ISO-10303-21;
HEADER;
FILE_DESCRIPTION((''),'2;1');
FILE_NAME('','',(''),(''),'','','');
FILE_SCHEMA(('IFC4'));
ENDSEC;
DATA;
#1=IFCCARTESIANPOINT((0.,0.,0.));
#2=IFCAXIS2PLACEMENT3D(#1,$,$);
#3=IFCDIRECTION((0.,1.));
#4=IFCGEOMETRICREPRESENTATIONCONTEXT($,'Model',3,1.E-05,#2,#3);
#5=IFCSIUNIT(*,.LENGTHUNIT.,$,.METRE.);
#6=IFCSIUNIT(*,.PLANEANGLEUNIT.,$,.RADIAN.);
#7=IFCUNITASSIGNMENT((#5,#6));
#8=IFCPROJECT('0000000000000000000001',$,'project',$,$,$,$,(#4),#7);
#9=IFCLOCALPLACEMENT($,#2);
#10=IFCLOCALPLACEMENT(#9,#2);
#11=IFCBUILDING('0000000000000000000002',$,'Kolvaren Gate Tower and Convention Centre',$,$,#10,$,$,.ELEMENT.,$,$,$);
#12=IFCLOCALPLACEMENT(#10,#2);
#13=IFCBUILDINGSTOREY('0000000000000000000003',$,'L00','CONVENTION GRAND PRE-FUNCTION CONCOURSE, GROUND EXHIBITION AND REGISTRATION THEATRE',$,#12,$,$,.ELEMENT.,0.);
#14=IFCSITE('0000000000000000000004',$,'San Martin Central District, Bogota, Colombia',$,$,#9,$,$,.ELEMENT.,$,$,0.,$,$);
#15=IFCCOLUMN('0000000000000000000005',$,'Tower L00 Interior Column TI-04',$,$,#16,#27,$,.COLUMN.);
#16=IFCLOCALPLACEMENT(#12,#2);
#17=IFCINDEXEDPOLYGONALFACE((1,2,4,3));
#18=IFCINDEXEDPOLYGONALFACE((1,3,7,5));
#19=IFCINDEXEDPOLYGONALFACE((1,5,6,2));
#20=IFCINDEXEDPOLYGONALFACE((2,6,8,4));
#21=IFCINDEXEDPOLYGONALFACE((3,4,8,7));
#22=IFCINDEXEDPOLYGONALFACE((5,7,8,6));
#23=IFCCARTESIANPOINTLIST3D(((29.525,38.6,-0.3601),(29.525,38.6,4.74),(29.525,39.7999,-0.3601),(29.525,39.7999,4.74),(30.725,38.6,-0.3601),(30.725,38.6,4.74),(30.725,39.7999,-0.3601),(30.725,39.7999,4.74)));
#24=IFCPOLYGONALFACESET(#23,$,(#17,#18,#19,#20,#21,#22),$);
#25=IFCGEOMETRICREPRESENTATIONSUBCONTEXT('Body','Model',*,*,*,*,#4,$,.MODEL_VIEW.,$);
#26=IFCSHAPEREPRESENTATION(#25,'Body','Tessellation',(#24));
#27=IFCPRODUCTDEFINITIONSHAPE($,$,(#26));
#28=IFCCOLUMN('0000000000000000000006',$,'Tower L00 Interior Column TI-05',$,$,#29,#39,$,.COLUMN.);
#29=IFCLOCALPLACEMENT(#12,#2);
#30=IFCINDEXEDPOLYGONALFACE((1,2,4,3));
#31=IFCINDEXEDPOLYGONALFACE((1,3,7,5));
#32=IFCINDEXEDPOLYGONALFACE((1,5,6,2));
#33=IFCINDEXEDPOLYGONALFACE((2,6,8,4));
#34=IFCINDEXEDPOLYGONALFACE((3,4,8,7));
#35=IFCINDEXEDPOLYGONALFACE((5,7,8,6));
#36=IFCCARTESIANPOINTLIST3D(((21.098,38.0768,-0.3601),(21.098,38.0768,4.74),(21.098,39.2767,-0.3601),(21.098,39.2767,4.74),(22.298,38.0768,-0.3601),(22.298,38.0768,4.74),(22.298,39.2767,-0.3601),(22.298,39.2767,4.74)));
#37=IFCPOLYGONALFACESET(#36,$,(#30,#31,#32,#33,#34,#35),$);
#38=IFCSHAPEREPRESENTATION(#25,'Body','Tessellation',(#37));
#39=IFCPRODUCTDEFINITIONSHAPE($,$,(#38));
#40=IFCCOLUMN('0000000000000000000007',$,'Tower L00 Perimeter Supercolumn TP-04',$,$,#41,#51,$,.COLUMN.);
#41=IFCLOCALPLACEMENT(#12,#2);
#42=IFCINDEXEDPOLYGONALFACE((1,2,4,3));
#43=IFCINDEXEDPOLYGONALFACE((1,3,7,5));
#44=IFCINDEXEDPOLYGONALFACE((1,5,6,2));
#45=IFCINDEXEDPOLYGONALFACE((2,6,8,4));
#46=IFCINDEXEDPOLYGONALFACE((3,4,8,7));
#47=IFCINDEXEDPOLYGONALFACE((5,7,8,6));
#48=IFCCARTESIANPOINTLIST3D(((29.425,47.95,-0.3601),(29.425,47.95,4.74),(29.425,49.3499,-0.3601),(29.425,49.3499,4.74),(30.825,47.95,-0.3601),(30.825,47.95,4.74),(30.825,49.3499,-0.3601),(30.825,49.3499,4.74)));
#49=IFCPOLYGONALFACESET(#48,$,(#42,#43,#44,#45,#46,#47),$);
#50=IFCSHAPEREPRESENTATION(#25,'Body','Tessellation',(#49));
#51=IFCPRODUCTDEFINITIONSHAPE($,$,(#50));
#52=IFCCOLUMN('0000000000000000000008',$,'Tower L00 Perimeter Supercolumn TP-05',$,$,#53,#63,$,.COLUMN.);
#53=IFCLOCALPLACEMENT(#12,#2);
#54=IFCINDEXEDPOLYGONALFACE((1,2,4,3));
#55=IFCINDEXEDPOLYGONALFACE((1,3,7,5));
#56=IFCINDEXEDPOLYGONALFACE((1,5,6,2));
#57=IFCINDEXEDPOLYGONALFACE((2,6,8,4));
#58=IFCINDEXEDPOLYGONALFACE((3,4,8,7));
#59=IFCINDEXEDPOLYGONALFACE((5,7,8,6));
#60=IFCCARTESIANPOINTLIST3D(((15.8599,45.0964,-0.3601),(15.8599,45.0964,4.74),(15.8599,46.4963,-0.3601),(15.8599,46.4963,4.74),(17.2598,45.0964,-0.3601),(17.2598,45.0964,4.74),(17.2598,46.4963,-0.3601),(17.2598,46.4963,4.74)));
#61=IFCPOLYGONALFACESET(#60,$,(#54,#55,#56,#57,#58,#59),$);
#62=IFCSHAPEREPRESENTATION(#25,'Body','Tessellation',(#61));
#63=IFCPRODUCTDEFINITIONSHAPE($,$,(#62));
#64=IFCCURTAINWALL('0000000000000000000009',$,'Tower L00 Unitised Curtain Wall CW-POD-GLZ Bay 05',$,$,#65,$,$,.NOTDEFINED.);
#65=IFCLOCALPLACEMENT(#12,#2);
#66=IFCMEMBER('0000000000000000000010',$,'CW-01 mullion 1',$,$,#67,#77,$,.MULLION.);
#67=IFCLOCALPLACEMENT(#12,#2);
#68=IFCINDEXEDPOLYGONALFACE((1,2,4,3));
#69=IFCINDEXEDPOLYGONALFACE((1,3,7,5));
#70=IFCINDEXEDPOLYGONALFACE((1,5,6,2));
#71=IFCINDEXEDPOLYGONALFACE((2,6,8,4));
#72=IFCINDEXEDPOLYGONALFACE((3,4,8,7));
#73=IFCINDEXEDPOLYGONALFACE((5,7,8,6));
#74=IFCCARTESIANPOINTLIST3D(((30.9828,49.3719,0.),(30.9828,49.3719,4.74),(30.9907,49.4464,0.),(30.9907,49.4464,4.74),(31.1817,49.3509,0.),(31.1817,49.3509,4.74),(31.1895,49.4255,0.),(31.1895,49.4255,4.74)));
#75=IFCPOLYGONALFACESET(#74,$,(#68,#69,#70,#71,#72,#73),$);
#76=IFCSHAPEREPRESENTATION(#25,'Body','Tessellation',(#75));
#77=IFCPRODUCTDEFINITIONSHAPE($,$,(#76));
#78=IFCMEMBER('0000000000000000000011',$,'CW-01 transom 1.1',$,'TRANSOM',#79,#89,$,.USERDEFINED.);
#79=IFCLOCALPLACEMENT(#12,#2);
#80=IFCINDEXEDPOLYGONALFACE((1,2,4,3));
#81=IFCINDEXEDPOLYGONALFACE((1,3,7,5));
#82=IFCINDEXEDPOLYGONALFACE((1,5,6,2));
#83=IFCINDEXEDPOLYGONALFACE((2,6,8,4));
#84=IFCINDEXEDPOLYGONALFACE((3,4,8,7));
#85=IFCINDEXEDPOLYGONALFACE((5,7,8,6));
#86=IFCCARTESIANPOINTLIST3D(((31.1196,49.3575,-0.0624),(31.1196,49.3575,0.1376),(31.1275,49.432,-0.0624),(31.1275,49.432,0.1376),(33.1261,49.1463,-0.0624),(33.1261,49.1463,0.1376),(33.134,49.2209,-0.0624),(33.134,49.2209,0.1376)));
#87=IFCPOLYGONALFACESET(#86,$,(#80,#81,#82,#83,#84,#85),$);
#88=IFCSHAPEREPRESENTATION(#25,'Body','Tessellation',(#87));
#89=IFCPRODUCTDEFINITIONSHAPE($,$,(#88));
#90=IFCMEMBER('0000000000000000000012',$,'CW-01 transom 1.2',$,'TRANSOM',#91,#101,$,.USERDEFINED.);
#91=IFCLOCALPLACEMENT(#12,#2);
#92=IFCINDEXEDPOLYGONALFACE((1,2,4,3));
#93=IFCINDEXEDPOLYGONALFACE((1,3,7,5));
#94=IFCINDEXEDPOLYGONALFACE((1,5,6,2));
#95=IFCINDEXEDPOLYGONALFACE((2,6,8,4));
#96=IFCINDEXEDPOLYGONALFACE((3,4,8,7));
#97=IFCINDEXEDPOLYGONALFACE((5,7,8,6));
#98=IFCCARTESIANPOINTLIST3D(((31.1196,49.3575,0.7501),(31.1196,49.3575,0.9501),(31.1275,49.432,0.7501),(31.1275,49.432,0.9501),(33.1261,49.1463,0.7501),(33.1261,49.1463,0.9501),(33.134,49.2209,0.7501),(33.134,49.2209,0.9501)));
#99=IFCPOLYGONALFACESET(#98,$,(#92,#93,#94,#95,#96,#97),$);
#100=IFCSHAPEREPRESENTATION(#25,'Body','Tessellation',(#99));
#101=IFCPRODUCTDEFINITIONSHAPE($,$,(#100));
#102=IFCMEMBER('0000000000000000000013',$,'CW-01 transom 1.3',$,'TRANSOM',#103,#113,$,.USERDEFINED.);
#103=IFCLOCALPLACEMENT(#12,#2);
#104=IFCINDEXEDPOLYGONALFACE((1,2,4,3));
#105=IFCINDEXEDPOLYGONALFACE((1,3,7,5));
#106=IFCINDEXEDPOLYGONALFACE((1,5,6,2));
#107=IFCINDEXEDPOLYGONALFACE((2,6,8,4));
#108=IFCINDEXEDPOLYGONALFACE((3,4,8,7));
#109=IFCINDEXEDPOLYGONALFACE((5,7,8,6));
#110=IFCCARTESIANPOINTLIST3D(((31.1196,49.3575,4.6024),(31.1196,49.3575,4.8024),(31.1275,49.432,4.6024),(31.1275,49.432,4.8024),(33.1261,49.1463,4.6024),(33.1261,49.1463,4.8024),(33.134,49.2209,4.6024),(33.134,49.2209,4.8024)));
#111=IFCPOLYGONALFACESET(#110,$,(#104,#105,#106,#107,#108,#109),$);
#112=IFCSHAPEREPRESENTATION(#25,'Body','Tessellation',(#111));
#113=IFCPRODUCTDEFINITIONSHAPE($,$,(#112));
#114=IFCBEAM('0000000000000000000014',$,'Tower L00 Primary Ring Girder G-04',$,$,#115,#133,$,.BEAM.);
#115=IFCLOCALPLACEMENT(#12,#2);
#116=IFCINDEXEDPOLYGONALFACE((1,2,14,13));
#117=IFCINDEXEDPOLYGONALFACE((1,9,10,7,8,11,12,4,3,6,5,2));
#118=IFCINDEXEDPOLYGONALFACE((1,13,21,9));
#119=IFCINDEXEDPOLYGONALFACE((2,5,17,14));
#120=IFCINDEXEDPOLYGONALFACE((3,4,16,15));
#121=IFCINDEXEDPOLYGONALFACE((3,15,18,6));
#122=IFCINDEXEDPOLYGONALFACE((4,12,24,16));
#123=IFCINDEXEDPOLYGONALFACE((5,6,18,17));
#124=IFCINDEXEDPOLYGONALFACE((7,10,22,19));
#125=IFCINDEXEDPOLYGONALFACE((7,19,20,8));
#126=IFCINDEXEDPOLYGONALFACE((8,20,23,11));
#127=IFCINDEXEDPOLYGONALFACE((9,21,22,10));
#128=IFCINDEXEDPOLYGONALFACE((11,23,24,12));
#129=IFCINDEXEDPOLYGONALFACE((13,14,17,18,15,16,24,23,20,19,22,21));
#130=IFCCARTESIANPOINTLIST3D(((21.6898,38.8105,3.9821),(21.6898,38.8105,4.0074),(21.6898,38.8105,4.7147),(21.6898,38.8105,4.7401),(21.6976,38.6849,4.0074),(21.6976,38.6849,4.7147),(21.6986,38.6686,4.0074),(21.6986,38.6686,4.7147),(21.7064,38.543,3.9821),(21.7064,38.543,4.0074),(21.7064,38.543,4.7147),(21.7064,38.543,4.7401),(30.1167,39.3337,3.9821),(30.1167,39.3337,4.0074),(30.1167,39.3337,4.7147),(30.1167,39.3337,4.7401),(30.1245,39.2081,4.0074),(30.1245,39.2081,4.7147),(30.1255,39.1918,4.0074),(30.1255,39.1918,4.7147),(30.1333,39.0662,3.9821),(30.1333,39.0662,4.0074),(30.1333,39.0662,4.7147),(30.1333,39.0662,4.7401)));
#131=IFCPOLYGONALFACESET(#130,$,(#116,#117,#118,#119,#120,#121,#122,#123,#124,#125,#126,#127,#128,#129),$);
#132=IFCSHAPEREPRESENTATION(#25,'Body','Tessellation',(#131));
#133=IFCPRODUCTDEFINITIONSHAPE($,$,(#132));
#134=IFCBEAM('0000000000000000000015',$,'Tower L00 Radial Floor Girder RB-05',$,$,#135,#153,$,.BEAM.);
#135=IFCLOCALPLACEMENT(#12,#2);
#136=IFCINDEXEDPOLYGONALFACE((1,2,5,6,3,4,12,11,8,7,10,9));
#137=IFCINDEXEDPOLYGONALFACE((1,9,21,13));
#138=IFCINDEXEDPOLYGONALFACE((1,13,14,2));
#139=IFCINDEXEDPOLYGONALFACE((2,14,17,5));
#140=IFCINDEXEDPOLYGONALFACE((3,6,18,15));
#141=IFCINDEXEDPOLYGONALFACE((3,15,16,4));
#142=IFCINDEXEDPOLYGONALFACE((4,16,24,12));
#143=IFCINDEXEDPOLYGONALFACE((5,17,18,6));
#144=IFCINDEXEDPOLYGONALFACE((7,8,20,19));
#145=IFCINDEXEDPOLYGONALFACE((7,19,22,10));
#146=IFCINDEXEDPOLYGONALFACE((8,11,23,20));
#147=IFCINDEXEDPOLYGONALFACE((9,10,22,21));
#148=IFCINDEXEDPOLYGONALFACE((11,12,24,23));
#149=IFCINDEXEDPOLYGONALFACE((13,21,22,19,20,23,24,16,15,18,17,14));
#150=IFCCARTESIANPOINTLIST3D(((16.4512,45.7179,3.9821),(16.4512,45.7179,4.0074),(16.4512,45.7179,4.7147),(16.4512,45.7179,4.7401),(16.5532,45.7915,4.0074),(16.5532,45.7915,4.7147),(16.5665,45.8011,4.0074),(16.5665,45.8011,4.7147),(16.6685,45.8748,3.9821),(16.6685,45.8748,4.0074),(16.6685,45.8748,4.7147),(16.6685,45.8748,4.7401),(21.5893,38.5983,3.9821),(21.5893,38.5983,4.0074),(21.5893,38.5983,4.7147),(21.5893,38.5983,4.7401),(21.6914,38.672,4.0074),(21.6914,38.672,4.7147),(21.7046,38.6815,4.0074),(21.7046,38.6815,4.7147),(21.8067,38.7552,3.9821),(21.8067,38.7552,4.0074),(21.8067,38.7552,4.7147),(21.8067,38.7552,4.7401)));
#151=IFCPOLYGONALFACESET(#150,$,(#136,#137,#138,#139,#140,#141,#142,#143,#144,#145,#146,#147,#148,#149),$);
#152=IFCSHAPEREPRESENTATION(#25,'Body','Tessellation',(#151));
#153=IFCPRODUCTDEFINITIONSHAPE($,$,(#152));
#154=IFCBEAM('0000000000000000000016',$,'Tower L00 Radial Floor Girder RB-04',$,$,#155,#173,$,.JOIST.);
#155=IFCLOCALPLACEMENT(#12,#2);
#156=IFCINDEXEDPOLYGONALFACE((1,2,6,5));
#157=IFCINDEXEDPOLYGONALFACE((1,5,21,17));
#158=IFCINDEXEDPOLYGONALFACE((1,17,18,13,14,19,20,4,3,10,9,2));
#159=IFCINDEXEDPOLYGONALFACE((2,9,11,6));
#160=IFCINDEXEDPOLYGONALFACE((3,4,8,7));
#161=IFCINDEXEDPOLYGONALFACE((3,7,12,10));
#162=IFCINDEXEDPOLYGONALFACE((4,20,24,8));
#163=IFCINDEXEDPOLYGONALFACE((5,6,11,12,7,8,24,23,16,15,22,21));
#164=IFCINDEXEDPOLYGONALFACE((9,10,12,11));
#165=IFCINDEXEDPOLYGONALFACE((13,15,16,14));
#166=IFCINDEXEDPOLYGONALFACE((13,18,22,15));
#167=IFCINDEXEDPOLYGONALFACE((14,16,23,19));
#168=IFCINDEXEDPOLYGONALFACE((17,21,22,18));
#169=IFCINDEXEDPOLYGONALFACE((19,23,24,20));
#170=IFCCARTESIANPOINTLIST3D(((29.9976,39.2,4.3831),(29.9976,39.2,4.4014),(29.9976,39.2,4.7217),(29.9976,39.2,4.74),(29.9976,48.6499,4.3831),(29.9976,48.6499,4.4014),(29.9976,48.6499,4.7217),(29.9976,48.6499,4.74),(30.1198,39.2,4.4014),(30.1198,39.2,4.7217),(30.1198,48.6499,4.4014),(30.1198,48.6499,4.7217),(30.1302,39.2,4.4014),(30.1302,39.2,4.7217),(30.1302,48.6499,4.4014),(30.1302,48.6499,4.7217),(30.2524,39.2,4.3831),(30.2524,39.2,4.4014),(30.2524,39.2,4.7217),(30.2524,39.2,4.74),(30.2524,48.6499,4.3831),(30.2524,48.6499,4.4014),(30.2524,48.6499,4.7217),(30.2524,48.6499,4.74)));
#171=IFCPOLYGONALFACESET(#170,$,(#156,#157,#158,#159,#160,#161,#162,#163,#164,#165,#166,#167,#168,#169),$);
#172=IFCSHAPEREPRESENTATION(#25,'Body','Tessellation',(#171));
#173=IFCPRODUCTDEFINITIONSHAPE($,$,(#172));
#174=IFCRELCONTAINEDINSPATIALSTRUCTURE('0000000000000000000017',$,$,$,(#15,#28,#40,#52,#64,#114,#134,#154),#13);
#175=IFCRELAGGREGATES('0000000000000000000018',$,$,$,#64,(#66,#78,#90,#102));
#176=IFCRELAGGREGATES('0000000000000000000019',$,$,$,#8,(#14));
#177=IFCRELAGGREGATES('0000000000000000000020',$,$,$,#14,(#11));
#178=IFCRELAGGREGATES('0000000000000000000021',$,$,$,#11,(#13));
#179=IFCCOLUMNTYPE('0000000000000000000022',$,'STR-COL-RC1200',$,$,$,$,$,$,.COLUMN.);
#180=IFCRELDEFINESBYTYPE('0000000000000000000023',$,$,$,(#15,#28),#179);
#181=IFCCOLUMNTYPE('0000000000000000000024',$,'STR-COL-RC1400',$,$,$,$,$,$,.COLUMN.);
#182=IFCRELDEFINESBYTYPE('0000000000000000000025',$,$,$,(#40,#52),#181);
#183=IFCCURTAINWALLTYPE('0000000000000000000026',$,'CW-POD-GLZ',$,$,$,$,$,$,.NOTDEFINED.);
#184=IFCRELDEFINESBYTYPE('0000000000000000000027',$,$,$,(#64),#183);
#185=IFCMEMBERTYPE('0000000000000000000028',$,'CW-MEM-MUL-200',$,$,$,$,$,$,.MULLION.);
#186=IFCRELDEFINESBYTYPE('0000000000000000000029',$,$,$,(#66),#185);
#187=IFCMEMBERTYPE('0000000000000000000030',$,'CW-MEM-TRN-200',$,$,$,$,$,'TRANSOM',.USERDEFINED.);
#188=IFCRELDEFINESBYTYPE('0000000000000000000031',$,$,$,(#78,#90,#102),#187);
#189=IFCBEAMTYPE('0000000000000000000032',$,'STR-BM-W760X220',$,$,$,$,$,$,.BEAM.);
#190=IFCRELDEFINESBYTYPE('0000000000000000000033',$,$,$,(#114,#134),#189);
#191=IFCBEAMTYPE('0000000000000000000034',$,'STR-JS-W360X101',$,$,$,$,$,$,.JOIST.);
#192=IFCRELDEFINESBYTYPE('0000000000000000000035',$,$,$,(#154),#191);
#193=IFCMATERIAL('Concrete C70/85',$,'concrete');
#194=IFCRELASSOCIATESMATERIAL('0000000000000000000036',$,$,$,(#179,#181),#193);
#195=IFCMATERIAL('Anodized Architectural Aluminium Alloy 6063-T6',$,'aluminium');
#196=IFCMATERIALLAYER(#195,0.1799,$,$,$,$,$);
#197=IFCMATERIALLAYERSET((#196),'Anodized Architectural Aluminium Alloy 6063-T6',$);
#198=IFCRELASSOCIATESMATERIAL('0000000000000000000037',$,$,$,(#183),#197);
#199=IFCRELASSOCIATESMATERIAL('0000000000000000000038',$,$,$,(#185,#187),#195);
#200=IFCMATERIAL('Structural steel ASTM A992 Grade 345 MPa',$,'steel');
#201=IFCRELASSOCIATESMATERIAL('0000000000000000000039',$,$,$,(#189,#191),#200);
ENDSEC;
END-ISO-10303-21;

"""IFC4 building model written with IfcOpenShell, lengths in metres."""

from ifc_helpers import new_model, si_unit, direction, frame, origin, origin_2d, place, context, subcontext, project, spatial, rectangle, i_section, extrude, material, layer, layer_set, material_profile, profile_set, type_object, element, aggregate, save


model = new_model("IFC4")

# Units and contexts
model_context = context("Model", 3, precision=1e-05, world=origin(), true_north=direction((0.0, 1.0)))
body_context = subcontext(model_context, "Body", "Model", "MODEL_VIEW")
ifc_project = project(units=[si_unit("LENGTHUNIT", "METRE"), si_unit("PLANEANGLEUNIT", "RADIAN")], contexts=[model_context])

# Site, building, storey
site_placement = place(None, origin())
site = spatial("IfcSite", under=ifc_project, at=site_placement, Name="San Martin Central District, Bogota, Colombia", CompositionType="ELEMENT", RefElevation=0.0)
building_placement = place(site_placement, origin())
building = spatial("IfcBuilding", under=site, at=building_placement, Name="Kolvaren Gate Tower and Convention Centre", CompositionType="ELEMENT")
storey_placement = place(building_placement, origin())
storey = spatial("IfcBuildingStorey", under=building, at=storey_placement, Name="L00", Description="CONVENTION GRAND PRE-FUNCTION CONCOURSE, GROUND EXHIBITION AND REGISTRATION THEATRE", CompositionType="ELEMENT", Elevation=0.0)

# Columns
ifc_material_1 = material(Name="Concrete C70/85", Category="concrete")
ifc_material_profile_1 = material_profile(ifc_material_1, rectangle(XDim=1.2, YDim=1.2, at=origin_2d()), Name="RC-COL-1200X1200")
ifc_profile_set_1 = profile_set([ifc_material_profile_1], Name="Concrete C70/85")
column_type_1 = type_object("IfcColumnType", Name="STR-COL-RC1200", PredefinedType="COLUMN", material=ifc_profile_set_1)
for number, where, z_axis, x_axis, name in (
    (1, (30.125, 39.2, -0.3601), (0.0, 0.0, 1.0), (1.0, 0.0, 0.0), "Tower L00 Interior Column TI-04"),
    (2, (21.698, 38.6768, -0.3601), (0.0, 0.0, 1.0), (1.0, 0.0, 0.0), "Tower L00 Interior Column TI-05"),
):
    element("IfcColumn", number, at=place(storey_placement, frame(where, z_axis=z_axis, x_axis=x_axis)), inside=storey, type_object=column_type_1, Name=name, PredefinedType="COLUMN", context=body_context, shape_type="SweptSolid", body=[
        extrude(rectangle(XDim=1.2, YDim=1.2, at=origin_2d()), origin(), (0.0, 0.0, 1.0), 5.1001),
    ])
ifc_material_profile_2 = material_profile(ifc_material_1, rectangle(XDim=1.3999, YDim=1.3999, at=origin_2d()), Name="RC-COL-1400X1400")
ifc_profile_set_2 = profile_set([ifc_material_profile_2], Name="Concrete C70/85")
column_type_2 = type_object("IfcColumnType", Name="STR-COL-RC1400", PredefinedType="COLUMN", material=ifc_profile_set_2)
for number, where, z_axis, x_axis, name in (
    (3, (30.125, 48.6499, -0.3601), (0.0, 0.0, 1.0), (1.0, 0.0, 0.0), "Tower L00 Perimeter Supercolumn TP-04"),
    (4, (16.5598, 45.7964, -0.3601), (0.0, 0.0, 1.0), (1.0, 0.0, 0.0), "Tower L00 Perimeter Supercolumn TP-05"),
):
    element("IfcColumn", number, at=place(storey_placement, frame(where, z_axis=z_axis, x_axis=x_axis)), inside=storey, type_object=column_type_2, Name=name, PredefinedType="COLUMN", context=body_context, shape_type="SweptSolid", body=[
        extrude(rectangle(XDim=1.3999, YDim=1.3999, at=origin_2d()), origin(), (0.0, 0.0, 1.0), 5.1001),
    ])

# Curtain wall, members
ifc_material_2 = material(Name="Anodized Architectural Aluminium Alloy 6063-T6", Category="aluminium")
ifc_layer_1 = layer(ifc_material_2, 0.1799)
ifc_layer_set_1 = layer_set([ifc_layer_1], Name="Anodized Architectural Aluminium Alloy 6063-T6")
curtain_wall_type = type_object("IfcCurtainWallType", Name="CW-POD-GLZ", PredefinedType="NOTDEFINED", material=ifc_layer_set_1)
curtain_wall_placement = place(storey_placement, origin())
curtain_wall = element("IfcCurtainWall", 5, at=curtain_wall_placement, inside=storey, type_object=curtain_wall_type, Name="Tower L00 Unitised Curtain Wall CW-POD-GLZ Bay 05", PredefinedType="NOTDEFINED")
ifc_material_profile_3 = material_profile(ifc_material_2, rectangle(XDim=0.075, YDim=0.2, at=origin_2d()), Name="CW-MEM-MUL-200")
ifc_profile_set_3 = profile_set([ifc_material_profile_3], Name="Anodized Architectural Aluminium Alloy 6063-T6")
member_type_1 = type_object("IfcMemberType", Name="CW-MEM-MUL-200", PredefinedType="MULLION", material=ifc_profile_set_3)
member_1_placement = place(storey_placement, frame((31.0862, 49.3987, 0.0), z_axis=(0.0, 0.0, 1.0), x_axis=(0.104748, 0.994499, 0.0)))
member_1 = element("IfcMember", 6, at=member_1_placement, type_object=member_type_1, Name="CW-01 mullion 1", PredefinedType="MULLION", context=body_context, shape_type="SweptSolid", body=[
    extrude(rectangle(XDim=0.075, YDim=0.2, at=origin_2d()), origin(), (0.0, 0.0, 1.0), 4.74),
])
ifc_material_profile_4 = material_profile(ifc_material_2, rectangle(XDim=0.075, YDim=0.2, at=origin_2d()), Name="CW-MEM-TRN-200")
ifc_profile_set_4 = profile_set([ifc_material_profile_4], Name="Anodized Architectural Aluminium Alloy 6063-T6")
member_type_2 = type_object("IfcMemberType", Name="CW-MEM-TRN-200", ElementType="TRANSOM", PredefinedType="USERDEFINED", material=ifc_profile_set_4)
member_2_placement = place(storey_placement, frame((31.1235, 49.3948, 0.0376), z_axis=(0.994507, -0.104666, 0.0), x_axis=(0.104666, 0.994507, 0.0)))
member_2 = element("IfcMember", 7, at=member_2_placement, type_object=member_type_2, Name="CW-01 transom 1.1", ObjectType="TRANSOM", PredefinedType="USERDEFINED", context=body_context, shape_type="SweptSolid", body=[
    extrude(rectangle(XDim=0.075, YDim=0.2, at=origin_2d()), origin(), (0.0, 0.0, 1.0), 2.0176),
])
member_3_placement = place(storey_placement, frame((31.1235, 49.3948, 0.8501), z_axis=(0.994507, -0.104666, 0.0), x_axis=(0.104666, 0.994507, 0.0)))
member_3 = element("IfcMember", 8, at=member_3_placement, type_object=member_type_2, Name="CW-01 transom 1.2", ObjectType="TRANSOM", PredefinedType="USERDEFINED", context=body_context, shape_type="SweptSolid", body=[
    extrude(rectangle(XDim=0.075, YDim=0.2, at=origin_2d()), origin(), (0.0, 0.0, 1.0), 2.0176),
])
member_4_placement = place(storey_placement, frame((31.1235, 49.3948, 4.7024), z_axis=(0.994507, -0.104666, 0.0), x_axis=(0.104666, 0.994507, 0.0)))
member_4 = element("IfcMember", 9, at=member_4_placement, type_object=member_type_2, Name="CW-01 transom 1.3", ObjectType="TRANSOM", PredefinedType="USERDEFINED", context=body_context, shape_type="SweptSolid", body=[
    extrude(rectangle(XDim=0.075, YDim=0.2, at=origin_2d()), origin(), (0.0, 0.0, 1.0), 2.0176),
])
aggregate(curtain_wall, [member_1, member_2, member_3, member_4])

# Beams
ifc_material_3 = material(Name="Structural steel ASTM A992 Grade 345 MPa", Category="steel")
ifc_material_profile_5 = material_profile(ifc_material_3, i_section(OverallWidth=0.2681, OverallDepth=0.7581, WebThickness=0.0164, FlangeThickness=0.0254, at=origin_2d()), Name="W760X220")
ifc_profile_set_5 = profile_set([ifc_material_profile_5], Name="Structural steel ASTM A992 Grade 345 MPa")
beam_type_1 = type_object("IfcBeamType", Name="STR-BM-W760X220", PredefinedType="BEAM", material=ifc_profile_set_5)
beam_1_placement = place(storey_placement, frame((30.125, 39.2, 4.3611), z_axis=(-0.998078, -0.061966, 0.0), x_axis=(0.061966, -0.998078, 0.0)))
element("IfcBeam", 10, at=beam_1_placement, inside=storey, type_object=beam_type_1, Name="Tower L00 Primary Ring Girder G-04", PredefinedType="BEAM", context=body_context, shape_type="SweptSolid", body=[
    extrude(i_section(OverallWidth=0.2681, OverallDepth=0.7581, WebThickness=0.0164, FlangeThickness=0.0254, at=origin_2d()), origin(), (0.0, 0.0, 1.0), 8.4431),
])
beam_2_placement = place(storey_placement, frame((21.698, 38.6768, 4.3611), z_axis=(-0.585208, 0.810883, 0.0), x_axis=(-0.810883, -0.585208, 0.0)))
element("IfcBeam", 11, at=beam_2_placement, inside=storey, type_object=beam_type_1, Name="Tower L00 Radial Floor Girder RB-05", PredefinedType="BEAM", context=body_context, shape_type="SweptSolid", body=[
    extrude(i_section(OverallWidth=0.2681, OverallDepth=0.7581, WebThickness=0.0164, FlangeThickness=0.0254, at=origin_2d()), origin(), (0.0, 0.0, 1.0), 8.78),
])
ifc_material_profile_6 = material_profile(ifc_material_3, i_section(OverallWidth=0.2549, OverallDepth=0.3569, WebThickness=0.0105, FlangeThickness=0.0183, at=origin_2d()), Name="W360X101")
ifc_profile_set_6 = profile_set([ifc_material_profile_6], Name="Structural steel ASTM A992 Grade 345 MPa")
beam_type_2 = type_object("IfcBeamType", Name="STR-JS-W360X101", PredefinedType="JOIST", material=ifc_profile_set_6)
beam_3_placement = place(storey_placement, frame((30.125, 39.2, 4.5615), z_axis=(0.0, 1.0, 0.0), x_axis=(-1.0, 0.0, 0.0)))
element("IfcBeam", 12, at=beam_3_placement, inside=storey, type_object=beam_type_2, Name="Tower L00 Radial Floor Girder RB-04", PredefinedType="JOIST", context=body_context, shape_type="SweptSolid", body=[
    extrude(i_section(OverallWidth=0.2549, OverallDepth=0.3569, WebThickness=0.0105, FlangeThickness=0.0183, at=origin_2d()), origin(), (0.0, 0.0, 1.0), 9.45),
])

save(model, "model.ifc")
